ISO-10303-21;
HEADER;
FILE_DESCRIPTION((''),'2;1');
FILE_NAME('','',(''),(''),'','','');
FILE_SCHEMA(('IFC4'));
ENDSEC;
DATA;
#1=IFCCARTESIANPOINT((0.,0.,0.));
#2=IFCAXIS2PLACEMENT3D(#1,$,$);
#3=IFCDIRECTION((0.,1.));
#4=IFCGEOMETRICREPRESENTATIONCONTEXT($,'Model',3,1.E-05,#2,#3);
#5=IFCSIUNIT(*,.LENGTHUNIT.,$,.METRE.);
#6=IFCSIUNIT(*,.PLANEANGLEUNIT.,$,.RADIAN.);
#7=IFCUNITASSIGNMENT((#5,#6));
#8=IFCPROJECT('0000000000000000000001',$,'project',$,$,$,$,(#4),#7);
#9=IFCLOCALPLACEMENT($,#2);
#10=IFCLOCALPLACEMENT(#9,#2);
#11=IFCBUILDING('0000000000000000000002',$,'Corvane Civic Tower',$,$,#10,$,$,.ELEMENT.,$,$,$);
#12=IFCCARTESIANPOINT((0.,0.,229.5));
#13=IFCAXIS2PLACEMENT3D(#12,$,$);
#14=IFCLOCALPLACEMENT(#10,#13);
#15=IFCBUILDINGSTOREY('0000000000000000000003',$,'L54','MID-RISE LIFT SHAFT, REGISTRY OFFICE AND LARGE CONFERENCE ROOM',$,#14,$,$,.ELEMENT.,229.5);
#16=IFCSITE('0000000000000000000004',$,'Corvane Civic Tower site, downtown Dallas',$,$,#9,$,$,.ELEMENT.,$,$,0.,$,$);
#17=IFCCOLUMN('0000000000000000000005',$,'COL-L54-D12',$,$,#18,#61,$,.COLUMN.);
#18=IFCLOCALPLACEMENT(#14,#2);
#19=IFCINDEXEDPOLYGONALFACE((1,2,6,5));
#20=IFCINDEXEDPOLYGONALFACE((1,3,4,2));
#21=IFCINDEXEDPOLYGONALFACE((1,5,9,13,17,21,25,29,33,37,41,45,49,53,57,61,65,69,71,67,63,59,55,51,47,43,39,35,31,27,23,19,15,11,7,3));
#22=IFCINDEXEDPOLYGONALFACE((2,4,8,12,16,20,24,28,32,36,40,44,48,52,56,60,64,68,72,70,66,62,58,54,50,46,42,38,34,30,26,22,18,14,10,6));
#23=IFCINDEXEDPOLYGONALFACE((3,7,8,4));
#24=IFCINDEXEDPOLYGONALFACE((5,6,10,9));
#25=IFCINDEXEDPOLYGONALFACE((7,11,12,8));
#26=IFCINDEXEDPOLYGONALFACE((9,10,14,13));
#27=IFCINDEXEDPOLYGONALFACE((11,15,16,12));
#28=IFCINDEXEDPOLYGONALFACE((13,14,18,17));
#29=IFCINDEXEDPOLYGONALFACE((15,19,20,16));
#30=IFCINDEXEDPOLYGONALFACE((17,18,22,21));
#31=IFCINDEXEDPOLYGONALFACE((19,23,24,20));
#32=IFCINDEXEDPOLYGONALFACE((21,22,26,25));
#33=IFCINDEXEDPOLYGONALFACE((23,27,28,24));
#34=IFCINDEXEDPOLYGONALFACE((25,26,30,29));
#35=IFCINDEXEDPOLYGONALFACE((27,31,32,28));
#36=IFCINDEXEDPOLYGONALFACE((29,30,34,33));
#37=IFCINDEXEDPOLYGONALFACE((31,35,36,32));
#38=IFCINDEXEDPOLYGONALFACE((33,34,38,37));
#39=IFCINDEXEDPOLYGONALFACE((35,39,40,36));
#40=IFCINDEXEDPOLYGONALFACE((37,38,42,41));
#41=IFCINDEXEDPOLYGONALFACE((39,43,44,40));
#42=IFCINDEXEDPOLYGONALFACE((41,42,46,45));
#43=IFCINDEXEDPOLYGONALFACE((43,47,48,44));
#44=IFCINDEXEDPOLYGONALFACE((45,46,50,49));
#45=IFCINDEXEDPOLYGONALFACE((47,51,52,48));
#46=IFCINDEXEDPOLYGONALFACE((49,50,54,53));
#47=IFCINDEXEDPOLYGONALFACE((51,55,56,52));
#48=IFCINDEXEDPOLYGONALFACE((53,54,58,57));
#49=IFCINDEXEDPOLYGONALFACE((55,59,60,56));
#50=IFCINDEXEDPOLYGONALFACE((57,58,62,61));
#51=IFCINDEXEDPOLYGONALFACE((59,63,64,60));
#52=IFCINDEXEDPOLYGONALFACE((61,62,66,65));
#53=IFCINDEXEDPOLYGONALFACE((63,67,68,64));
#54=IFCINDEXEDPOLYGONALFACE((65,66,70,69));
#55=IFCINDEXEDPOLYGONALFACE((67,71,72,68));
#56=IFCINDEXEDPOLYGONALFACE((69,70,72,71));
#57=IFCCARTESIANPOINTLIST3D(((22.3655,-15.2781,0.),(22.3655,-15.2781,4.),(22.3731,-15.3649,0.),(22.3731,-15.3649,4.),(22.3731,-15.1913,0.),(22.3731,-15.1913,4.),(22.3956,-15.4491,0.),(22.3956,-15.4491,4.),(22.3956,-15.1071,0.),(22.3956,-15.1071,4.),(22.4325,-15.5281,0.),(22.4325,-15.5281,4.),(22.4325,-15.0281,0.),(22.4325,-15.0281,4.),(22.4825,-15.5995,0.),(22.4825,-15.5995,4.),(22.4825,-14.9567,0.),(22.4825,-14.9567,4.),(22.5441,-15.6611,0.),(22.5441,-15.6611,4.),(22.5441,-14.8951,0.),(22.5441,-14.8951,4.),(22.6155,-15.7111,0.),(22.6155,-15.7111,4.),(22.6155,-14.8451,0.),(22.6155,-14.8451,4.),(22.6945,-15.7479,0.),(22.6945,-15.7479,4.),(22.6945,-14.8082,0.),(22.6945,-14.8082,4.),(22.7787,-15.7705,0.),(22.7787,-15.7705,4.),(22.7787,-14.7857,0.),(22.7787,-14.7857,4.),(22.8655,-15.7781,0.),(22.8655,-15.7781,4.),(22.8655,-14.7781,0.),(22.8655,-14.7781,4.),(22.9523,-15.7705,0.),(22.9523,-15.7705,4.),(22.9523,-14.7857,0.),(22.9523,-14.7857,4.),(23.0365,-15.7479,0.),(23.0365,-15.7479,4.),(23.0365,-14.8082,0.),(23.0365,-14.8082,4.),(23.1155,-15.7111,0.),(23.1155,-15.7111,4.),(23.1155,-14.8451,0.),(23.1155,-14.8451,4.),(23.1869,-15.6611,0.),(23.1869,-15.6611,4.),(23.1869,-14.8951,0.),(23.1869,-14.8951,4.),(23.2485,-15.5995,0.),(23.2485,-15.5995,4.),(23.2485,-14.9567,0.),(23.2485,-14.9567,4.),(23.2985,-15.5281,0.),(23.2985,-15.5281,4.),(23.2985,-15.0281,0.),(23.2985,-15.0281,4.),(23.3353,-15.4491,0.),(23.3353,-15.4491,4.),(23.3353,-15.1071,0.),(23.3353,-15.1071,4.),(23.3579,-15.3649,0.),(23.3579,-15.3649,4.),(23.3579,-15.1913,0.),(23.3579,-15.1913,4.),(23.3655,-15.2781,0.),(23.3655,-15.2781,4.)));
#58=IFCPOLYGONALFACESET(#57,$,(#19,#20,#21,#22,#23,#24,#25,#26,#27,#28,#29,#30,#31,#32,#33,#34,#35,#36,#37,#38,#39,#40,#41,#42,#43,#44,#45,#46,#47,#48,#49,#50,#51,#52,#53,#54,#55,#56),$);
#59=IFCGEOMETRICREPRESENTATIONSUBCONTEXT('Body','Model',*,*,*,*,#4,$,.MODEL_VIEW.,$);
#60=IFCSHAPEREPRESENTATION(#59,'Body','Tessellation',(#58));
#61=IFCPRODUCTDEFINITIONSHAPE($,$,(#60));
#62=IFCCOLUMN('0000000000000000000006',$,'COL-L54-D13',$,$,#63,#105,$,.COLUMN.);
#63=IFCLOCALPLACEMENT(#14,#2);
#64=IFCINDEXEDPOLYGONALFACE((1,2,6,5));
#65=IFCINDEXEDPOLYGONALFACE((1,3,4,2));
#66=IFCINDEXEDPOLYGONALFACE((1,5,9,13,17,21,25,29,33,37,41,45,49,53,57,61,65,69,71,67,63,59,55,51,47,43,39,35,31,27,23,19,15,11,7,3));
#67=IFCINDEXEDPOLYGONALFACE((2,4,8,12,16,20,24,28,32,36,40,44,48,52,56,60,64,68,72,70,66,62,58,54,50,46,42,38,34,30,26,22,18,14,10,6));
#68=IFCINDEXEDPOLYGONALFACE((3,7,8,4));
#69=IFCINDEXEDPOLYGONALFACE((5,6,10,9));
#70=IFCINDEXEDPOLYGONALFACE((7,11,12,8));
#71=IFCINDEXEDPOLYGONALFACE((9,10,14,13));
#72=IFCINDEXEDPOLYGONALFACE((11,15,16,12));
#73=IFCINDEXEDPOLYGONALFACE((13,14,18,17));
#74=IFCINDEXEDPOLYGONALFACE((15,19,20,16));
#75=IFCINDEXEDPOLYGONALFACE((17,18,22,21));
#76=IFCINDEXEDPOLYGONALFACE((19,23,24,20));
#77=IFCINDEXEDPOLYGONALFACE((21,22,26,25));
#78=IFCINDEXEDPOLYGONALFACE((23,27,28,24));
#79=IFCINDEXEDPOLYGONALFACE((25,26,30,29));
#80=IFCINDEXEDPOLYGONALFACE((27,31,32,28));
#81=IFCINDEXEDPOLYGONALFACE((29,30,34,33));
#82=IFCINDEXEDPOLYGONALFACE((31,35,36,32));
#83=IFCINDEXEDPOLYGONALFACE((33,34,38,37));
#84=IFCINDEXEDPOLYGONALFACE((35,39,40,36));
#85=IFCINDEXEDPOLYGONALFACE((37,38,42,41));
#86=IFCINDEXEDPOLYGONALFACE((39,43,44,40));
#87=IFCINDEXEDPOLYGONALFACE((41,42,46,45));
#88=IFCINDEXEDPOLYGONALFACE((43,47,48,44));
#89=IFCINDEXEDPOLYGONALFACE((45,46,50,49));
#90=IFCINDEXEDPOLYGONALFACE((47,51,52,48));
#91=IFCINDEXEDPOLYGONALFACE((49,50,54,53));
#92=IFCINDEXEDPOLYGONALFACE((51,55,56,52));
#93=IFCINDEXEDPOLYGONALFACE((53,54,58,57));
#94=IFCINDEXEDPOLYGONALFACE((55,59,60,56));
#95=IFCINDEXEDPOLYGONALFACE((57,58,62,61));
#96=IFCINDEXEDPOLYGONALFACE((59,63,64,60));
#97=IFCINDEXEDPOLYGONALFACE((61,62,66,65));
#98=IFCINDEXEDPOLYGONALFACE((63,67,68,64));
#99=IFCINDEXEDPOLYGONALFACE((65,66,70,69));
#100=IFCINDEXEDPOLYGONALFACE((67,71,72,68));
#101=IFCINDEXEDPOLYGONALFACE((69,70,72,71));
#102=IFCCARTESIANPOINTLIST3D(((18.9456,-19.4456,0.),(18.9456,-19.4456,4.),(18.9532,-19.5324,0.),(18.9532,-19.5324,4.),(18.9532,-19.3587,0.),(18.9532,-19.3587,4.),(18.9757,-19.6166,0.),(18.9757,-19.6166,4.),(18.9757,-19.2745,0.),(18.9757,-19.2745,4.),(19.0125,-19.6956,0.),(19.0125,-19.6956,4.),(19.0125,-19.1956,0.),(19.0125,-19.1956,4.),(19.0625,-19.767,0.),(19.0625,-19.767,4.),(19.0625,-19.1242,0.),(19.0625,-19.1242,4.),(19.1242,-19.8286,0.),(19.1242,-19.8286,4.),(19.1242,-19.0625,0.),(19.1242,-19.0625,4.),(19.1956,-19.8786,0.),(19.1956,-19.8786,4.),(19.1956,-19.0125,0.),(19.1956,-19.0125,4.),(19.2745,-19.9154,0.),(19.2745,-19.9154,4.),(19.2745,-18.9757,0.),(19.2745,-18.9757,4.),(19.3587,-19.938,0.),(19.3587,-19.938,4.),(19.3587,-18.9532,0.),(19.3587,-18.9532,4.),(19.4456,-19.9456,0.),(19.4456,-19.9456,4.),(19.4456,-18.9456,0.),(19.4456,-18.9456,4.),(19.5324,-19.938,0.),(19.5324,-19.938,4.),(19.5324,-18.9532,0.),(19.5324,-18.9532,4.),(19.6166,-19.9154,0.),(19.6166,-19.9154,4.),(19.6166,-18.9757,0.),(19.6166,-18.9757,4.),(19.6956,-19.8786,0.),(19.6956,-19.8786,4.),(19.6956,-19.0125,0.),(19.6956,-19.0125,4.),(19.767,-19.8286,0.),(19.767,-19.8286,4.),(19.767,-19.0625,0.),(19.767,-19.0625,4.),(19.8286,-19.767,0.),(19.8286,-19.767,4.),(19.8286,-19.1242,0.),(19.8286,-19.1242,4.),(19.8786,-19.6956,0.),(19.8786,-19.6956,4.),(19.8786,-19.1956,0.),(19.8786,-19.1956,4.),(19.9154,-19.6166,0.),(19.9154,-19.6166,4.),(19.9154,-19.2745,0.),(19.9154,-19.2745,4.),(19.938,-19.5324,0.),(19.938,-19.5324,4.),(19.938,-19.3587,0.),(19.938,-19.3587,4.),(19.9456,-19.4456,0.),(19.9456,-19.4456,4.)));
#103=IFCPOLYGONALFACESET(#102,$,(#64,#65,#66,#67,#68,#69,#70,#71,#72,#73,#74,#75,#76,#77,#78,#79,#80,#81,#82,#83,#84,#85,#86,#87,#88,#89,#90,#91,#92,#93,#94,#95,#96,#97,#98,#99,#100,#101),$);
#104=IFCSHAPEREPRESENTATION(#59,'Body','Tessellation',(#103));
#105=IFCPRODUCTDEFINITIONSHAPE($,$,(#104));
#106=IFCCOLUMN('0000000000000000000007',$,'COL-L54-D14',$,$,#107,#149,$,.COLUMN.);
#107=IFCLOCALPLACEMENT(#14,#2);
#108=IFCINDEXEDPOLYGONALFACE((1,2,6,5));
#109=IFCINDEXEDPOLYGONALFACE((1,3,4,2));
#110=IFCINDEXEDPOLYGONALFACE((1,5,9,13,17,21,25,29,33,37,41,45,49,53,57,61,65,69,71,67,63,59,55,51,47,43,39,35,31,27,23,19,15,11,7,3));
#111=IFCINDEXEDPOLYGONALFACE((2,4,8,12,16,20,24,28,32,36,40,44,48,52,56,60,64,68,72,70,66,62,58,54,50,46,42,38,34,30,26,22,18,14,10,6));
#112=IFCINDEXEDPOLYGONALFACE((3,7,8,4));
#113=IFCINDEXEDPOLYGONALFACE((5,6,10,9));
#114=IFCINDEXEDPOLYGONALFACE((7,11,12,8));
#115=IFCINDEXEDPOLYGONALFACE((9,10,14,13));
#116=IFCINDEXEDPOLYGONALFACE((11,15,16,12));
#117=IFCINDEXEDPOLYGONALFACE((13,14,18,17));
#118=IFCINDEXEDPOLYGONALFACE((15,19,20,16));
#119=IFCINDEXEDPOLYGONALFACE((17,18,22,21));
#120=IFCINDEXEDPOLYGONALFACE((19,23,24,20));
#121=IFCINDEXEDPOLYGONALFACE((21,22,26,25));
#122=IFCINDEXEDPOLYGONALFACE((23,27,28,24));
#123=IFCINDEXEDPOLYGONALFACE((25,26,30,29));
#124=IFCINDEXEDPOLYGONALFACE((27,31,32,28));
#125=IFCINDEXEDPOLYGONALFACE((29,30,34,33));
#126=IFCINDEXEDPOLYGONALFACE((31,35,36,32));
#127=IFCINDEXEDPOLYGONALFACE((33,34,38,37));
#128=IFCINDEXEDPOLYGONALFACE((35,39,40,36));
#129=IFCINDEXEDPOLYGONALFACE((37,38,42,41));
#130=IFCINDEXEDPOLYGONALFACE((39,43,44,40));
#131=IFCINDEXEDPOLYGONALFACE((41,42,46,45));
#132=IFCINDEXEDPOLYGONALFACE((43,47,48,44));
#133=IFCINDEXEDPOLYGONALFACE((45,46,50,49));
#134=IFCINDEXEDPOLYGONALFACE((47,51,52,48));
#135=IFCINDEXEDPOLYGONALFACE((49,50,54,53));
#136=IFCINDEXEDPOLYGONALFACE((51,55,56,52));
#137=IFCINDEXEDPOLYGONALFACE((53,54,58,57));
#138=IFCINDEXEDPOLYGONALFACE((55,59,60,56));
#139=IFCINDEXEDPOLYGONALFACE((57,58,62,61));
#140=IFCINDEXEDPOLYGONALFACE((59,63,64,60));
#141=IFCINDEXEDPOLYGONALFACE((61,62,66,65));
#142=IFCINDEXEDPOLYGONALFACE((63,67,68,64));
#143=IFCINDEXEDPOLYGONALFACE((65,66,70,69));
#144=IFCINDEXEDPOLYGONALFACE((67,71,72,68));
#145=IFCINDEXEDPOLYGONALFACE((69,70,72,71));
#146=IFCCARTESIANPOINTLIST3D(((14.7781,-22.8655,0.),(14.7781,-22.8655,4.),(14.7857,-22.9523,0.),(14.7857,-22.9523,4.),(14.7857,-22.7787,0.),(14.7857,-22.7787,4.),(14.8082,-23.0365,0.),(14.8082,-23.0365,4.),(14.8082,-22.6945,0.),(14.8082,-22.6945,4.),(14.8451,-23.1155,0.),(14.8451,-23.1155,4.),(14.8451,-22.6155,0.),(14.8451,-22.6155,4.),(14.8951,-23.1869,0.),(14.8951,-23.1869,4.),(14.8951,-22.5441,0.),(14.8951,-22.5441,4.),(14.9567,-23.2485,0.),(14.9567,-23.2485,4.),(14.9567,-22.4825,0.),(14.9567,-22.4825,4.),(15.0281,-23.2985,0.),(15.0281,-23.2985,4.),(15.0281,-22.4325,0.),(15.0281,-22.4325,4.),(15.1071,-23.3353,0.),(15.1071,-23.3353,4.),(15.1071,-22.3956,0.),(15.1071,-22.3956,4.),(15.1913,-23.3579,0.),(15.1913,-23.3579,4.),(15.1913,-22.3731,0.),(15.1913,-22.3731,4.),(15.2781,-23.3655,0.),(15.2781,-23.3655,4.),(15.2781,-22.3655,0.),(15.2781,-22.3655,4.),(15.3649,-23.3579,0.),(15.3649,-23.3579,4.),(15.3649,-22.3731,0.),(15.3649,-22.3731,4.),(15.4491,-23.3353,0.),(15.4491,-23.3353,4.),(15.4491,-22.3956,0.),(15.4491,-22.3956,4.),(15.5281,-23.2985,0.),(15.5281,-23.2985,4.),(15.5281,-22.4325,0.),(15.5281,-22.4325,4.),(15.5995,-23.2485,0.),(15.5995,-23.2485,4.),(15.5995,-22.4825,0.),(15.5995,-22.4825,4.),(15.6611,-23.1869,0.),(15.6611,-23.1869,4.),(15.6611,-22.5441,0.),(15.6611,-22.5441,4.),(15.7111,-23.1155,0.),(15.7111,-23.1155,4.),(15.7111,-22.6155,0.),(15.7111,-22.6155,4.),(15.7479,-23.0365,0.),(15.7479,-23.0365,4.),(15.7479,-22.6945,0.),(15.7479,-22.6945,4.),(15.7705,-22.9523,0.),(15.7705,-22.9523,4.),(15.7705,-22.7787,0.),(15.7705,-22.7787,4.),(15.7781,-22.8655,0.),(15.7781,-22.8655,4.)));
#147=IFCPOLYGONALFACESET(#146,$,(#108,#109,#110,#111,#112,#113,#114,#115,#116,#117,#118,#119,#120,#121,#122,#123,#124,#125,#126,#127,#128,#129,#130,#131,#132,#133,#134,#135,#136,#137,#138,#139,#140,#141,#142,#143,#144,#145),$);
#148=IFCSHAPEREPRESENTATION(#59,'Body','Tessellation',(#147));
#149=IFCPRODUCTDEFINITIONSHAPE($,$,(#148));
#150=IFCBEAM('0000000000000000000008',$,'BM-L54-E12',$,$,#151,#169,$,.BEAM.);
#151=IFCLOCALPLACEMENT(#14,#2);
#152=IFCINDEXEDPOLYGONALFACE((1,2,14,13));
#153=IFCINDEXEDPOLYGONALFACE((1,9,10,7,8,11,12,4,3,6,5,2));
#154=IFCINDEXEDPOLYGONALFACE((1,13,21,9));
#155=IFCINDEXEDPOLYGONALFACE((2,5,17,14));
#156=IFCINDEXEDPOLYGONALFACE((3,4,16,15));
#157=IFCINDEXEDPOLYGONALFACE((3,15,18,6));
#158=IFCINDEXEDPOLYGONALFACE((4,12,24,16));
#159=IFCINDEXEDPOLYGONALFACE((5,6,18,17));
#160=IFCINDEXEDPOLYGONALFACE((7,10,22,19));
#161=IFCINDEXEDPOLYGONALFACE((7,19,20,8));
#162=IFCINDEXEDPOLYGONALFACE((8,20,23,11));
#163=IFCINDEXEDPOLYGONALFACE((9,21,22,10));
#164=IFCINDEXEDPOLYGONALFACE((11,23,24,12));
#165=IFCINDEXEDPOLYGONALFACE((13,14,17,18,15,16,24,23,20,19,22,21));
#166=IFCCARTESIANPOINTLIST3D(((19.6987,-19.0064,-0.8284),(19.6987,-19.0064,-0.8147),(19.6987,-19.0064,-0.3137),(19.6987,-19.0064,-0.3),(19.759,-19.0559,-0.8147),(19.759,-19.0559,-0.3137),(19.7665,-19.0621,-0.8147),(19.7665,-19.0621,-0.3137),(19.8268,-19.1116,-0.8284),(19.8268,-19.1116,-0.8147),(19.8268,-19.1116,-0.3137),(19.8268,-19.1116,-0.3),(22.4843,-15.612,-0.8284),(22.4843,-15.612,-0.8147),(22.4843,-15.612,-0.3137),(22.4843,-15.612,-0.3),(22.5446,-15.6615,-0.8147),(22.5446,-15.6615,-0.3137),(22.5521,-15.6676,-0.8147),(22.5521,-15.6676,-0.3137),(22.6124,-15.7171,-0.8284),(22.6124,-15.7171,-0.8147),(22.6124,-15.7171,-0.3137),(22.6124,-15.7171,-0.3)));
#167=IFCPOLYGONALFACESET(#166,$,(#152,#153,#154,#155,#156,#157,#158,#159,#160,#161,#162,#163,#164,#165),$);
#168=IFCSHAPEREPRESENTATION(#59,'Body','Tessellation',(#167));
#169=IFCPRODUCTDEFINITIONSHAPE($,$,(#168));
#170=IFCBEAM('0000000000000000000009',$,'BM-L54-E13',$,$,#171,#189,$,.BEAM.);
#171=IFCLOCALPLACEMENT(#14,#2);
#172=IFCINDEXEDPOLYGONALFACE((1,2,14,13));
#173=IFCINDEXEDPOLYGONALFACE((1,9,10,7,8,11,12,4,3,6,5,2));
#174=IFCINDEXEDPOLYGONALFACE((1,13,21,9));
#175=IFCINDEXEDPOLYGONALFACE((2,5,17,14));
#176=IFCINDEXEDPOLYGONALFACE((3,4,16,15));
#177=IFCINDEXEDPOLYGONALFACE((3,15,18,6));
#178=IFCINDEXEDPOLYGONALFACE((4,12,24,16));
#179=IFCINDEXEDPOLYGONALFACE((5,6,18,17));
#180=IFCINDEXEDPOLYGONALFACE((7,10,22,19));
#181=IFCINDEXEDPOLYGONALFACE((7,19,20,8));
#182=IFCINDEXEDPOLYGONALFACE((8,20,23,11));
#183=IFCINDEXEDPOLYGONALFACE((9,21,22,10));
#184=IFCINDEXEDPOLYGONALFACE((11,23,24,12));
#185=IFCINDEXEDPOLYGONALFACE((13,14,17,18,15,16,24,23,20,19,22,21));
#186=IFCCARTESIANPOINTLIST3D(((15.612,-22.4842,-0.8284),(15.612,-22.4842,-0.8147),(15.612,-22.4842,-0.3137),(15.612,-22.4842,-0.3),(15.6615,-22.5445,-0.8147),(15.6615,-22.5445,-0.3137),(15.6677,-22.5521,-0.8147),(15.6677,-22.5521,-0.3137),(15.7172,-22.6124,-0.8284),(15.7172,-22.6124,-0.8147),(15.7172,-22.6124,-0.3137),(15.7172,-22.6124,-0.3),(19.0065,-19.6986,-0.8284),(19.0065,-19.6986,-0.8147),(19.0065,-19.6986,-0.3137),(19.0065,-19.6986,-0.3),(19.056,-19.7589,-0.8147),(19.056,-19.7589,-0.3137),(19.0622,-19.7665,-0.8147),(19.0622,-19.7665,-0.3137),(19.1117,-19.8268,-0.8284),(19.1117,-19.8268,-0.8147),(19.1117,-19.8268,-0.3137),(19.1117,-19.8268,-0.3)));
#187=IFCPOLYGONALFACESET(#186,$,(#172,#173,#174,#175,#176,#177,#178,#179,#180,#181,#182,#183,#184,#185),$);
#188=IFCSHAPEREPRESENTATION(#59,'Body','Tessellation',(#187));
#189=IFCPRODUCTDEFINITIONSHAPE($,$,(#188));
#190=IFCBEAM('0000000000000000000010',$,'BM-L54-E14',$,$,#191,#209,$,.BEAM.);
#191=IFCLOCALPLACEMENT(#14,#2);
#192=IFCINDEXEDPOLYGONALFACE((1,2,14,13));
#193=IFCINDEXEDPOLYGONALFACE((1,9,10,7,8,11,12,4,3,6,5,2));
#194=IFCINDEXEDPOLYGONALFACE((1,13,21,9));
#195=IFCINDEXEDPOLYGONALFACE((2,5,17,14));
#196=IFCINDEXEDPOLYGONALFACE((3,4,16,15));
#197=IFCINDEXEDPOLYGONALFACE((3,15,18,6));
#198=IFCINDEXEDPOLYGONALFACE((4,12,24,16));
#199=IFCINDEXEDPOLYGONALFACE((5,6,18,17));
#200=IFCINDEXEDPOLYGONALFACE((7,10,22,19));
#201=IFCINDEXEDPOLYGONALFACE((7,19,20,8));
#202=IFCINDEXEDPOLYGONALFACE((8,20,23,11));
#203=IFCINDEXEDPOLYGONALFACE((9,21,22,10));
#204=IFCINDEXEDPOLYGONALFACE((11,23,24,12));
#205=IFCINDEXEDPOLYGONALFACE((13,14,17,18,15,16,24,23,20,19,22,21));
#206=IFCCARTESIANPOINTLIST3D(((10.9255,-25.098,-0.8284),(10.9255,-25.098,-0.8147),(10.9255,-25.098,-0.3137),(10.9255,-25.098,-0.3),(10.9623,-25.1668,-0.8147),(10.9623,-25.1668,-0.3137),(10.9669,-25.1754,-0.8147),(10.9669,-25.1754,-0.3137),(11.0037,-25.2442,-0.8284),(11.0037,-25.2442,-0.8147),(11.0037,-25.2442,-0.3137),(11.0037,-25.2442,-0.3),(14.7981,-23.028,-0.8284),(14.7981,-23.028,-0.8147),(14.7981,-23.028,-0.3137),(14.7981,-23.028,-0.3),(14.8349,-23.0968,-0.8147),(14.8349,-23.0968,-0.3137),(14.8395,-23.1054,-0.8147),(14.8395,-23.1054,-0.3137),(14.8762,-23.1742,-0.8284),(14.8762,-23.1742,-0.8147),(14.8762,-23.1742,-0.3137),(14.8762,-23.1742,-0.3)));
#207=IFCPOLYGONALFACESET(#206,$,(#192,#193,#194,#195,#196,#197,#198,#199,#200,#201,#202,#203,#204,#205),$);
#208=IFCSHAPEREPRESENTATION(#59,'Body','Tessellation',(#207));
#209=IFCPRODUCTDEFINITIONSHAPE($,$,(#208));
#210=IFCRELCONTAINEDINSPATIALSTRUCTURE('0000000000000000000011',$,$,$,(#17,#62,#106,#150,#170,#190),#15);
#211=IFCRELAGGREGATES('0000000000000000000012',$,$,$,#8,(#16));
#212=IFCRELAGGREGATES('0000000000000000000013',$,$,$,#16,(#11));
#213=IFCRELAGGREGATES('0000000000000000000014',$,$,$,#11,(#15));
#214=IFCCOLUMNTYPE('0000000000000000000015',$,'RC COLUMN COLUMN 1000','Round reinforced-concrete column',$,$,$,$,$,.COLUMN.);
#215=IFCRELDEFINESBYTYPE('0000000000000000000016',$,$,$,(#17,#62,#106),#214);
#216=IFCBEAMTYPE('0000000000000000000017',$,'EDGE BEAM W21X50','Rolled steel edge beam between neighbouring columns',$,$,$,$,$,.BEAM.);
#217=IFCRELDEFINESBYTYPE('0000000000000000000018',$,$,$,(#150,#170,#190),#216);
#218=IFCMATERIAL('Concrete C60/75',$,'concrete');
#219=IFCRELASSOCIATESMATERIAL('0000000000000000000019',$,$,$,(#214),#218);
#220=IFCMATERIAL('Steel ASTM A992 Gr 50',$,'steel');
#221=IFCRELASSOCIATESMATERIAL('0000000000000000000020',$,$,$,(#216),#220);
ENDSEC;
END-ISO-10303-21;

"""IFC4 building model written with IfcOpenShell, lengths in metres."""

from ifc_helpers import new_model, si_unit, direction, frame, origin, origin_2d, place, context, subcontext, project, spatial, circle, i_section, extrude, material, material_profile, profile_set, type_object, element, save


model = new_model("IFC4")

# Units and contexts
model_context = context("Model", 3, precision=1e-05, world=origin(), true_north=direction((0.0, 1.0)))
body_context = subcontext(model_context, "Body", "Model", "MODEL_VIEW")
ifc_project = project(units=[si_unit("LENGTHUNIT", "METRE"), si_unit("PLANEANGLEUNIT", "RADIAN")], contexts=[model_context])

# Site, building, storey
site_placement = place(None, origin())
site = spatial("IfcSite", under=ifc_project, at=site_placement, Name="Corvane Civic Tower site, downtown Dallas", CompositionType="ELEMENT", RefElevation=0.0)
building_placement = place(site_placement, origin())
building = spatial("IfcBuilding", under=site, at=building_placement, Name="Corvane Civic Tower", CompositionType="ELEMENT")
storey_placement = place(building_placement, frame((0.0, 0.0, 229.5)))
storey = spatial("IfcBuildingStorey", under=building, at=storey_placement, Name="L54", Description="MID-RISE LIFT SHAFT, REGISTRY OFFICE AND LARGE CONFERENCE ROOM", CompositionType="ELEMENT", Elevation=229.5)

# Columns
ifc_material_1 = material(Name="Concrete C60/75", Category="concrete")
ifc_material_profile_1 = material_profile(ifc_material_1, circle(Radius=0.5, at=origin_2d()), Name="COLUMN 1000")
ifc_profile_set_1 = profile_set([ifc_material_profile_1], Name="Concrete C60/75")
column_type = type_object("IfcColumnType", Name="RC COLUMN COLUMN 1000", Description="Round reinforced-concrete column", PredefinedType="COLUMN", material=ifc_profile_set_1)
for number, where, z_axis, x_axis, name in (
    (1, (22.8655, -15.2781, 0.0), (0.0, 0.0, 1.0), (1.0, 0.0, 0.0), "COL-L54-D12"),
    (2, (19.4456, -19.4456, 0.0), (0.0, 0.0, 1.0), (1.0, 0.0, 0.0), "COL-L54-D13"),
    (3, (15.2781, -22.8655, 0.0), (0.0, 0.0, 1.0), (1.0, 0.0, 0.0), "COL-L54-D14"),
):
    element("IfcColumn", number, at=place(storey_placement, frame(where, z_axis=z_axis, x_axis=x_axis)), inside=storey, type_object=column_type, Name=name, PredefinedType="COLUMN", context=body_context, shape_type="SweptSolid", body=[
        extrude(circle(Radius=0.5, at=origin_2d()), origin(), (0.0, 0.0, 1.0), 4.0),
    ])

# Beams
ifc_material_2 = material(Name="Steel ASTM A992 Gr 50", Category="steel")
ifc_material_profile_2 = material_profile(ifc_material_2, i_section(OverallWidth=0.1658, OverallDepth=0.5283, WebThickness=0.0098, FlangeThickness=0.0137, at=origin_2d()), Name="W21X50")
ifc_profile_set_2 = profile_set([ifc_material_profile_2], Name="Steel ASTM A992 Gr 50")
beam_type_1 = type_object("IfcBeamType", Name="EDGE BEAM W21X50", Description="Rolled steel edge beam between neighbouring columns", PredefinedType="BEAM", material=ifc_profile_set_2)
for number, where, z_axis, x_axis, name in (
    (4, (22.5483, -15.6646, -0.5642), (-0.634369, -0.77303, 0.0), (0.77303, -0.634369, 0.0), "BM-L54-E12"),
    (5, (19.0591, -19.7627, -0.5642), (-0.77303, -0.634369, 0.0), (0.634369, -0.77303, 0.0), "BM-L54-E13"),
    (6, (14.8372, -23.1011, -0.5642), (-0.881908, -0.471422, 0.0), (0.471422, -0.881908, 0.0), "BM-L54-E14"),
):
    element("IfcBeam", number, at=place(storey_placement, frame(where, z_axis=z_axis, x_axis=x_axis)), inside=storey, type_object=beam_type_1, Name=name, PredefinedType="BEAM", context=body_context, shape_type="SweptSolid", body=[
        extrude(i_section(OverallWidth=0.1658, OverallDepth=0.5283, WebThickness=0.0098, FlangeThickness=0.0137, at=origin_2d()), origin(), (0.0, 0.0, 1.0), 4.3911),
    ])

save(model, "model.ifc")
